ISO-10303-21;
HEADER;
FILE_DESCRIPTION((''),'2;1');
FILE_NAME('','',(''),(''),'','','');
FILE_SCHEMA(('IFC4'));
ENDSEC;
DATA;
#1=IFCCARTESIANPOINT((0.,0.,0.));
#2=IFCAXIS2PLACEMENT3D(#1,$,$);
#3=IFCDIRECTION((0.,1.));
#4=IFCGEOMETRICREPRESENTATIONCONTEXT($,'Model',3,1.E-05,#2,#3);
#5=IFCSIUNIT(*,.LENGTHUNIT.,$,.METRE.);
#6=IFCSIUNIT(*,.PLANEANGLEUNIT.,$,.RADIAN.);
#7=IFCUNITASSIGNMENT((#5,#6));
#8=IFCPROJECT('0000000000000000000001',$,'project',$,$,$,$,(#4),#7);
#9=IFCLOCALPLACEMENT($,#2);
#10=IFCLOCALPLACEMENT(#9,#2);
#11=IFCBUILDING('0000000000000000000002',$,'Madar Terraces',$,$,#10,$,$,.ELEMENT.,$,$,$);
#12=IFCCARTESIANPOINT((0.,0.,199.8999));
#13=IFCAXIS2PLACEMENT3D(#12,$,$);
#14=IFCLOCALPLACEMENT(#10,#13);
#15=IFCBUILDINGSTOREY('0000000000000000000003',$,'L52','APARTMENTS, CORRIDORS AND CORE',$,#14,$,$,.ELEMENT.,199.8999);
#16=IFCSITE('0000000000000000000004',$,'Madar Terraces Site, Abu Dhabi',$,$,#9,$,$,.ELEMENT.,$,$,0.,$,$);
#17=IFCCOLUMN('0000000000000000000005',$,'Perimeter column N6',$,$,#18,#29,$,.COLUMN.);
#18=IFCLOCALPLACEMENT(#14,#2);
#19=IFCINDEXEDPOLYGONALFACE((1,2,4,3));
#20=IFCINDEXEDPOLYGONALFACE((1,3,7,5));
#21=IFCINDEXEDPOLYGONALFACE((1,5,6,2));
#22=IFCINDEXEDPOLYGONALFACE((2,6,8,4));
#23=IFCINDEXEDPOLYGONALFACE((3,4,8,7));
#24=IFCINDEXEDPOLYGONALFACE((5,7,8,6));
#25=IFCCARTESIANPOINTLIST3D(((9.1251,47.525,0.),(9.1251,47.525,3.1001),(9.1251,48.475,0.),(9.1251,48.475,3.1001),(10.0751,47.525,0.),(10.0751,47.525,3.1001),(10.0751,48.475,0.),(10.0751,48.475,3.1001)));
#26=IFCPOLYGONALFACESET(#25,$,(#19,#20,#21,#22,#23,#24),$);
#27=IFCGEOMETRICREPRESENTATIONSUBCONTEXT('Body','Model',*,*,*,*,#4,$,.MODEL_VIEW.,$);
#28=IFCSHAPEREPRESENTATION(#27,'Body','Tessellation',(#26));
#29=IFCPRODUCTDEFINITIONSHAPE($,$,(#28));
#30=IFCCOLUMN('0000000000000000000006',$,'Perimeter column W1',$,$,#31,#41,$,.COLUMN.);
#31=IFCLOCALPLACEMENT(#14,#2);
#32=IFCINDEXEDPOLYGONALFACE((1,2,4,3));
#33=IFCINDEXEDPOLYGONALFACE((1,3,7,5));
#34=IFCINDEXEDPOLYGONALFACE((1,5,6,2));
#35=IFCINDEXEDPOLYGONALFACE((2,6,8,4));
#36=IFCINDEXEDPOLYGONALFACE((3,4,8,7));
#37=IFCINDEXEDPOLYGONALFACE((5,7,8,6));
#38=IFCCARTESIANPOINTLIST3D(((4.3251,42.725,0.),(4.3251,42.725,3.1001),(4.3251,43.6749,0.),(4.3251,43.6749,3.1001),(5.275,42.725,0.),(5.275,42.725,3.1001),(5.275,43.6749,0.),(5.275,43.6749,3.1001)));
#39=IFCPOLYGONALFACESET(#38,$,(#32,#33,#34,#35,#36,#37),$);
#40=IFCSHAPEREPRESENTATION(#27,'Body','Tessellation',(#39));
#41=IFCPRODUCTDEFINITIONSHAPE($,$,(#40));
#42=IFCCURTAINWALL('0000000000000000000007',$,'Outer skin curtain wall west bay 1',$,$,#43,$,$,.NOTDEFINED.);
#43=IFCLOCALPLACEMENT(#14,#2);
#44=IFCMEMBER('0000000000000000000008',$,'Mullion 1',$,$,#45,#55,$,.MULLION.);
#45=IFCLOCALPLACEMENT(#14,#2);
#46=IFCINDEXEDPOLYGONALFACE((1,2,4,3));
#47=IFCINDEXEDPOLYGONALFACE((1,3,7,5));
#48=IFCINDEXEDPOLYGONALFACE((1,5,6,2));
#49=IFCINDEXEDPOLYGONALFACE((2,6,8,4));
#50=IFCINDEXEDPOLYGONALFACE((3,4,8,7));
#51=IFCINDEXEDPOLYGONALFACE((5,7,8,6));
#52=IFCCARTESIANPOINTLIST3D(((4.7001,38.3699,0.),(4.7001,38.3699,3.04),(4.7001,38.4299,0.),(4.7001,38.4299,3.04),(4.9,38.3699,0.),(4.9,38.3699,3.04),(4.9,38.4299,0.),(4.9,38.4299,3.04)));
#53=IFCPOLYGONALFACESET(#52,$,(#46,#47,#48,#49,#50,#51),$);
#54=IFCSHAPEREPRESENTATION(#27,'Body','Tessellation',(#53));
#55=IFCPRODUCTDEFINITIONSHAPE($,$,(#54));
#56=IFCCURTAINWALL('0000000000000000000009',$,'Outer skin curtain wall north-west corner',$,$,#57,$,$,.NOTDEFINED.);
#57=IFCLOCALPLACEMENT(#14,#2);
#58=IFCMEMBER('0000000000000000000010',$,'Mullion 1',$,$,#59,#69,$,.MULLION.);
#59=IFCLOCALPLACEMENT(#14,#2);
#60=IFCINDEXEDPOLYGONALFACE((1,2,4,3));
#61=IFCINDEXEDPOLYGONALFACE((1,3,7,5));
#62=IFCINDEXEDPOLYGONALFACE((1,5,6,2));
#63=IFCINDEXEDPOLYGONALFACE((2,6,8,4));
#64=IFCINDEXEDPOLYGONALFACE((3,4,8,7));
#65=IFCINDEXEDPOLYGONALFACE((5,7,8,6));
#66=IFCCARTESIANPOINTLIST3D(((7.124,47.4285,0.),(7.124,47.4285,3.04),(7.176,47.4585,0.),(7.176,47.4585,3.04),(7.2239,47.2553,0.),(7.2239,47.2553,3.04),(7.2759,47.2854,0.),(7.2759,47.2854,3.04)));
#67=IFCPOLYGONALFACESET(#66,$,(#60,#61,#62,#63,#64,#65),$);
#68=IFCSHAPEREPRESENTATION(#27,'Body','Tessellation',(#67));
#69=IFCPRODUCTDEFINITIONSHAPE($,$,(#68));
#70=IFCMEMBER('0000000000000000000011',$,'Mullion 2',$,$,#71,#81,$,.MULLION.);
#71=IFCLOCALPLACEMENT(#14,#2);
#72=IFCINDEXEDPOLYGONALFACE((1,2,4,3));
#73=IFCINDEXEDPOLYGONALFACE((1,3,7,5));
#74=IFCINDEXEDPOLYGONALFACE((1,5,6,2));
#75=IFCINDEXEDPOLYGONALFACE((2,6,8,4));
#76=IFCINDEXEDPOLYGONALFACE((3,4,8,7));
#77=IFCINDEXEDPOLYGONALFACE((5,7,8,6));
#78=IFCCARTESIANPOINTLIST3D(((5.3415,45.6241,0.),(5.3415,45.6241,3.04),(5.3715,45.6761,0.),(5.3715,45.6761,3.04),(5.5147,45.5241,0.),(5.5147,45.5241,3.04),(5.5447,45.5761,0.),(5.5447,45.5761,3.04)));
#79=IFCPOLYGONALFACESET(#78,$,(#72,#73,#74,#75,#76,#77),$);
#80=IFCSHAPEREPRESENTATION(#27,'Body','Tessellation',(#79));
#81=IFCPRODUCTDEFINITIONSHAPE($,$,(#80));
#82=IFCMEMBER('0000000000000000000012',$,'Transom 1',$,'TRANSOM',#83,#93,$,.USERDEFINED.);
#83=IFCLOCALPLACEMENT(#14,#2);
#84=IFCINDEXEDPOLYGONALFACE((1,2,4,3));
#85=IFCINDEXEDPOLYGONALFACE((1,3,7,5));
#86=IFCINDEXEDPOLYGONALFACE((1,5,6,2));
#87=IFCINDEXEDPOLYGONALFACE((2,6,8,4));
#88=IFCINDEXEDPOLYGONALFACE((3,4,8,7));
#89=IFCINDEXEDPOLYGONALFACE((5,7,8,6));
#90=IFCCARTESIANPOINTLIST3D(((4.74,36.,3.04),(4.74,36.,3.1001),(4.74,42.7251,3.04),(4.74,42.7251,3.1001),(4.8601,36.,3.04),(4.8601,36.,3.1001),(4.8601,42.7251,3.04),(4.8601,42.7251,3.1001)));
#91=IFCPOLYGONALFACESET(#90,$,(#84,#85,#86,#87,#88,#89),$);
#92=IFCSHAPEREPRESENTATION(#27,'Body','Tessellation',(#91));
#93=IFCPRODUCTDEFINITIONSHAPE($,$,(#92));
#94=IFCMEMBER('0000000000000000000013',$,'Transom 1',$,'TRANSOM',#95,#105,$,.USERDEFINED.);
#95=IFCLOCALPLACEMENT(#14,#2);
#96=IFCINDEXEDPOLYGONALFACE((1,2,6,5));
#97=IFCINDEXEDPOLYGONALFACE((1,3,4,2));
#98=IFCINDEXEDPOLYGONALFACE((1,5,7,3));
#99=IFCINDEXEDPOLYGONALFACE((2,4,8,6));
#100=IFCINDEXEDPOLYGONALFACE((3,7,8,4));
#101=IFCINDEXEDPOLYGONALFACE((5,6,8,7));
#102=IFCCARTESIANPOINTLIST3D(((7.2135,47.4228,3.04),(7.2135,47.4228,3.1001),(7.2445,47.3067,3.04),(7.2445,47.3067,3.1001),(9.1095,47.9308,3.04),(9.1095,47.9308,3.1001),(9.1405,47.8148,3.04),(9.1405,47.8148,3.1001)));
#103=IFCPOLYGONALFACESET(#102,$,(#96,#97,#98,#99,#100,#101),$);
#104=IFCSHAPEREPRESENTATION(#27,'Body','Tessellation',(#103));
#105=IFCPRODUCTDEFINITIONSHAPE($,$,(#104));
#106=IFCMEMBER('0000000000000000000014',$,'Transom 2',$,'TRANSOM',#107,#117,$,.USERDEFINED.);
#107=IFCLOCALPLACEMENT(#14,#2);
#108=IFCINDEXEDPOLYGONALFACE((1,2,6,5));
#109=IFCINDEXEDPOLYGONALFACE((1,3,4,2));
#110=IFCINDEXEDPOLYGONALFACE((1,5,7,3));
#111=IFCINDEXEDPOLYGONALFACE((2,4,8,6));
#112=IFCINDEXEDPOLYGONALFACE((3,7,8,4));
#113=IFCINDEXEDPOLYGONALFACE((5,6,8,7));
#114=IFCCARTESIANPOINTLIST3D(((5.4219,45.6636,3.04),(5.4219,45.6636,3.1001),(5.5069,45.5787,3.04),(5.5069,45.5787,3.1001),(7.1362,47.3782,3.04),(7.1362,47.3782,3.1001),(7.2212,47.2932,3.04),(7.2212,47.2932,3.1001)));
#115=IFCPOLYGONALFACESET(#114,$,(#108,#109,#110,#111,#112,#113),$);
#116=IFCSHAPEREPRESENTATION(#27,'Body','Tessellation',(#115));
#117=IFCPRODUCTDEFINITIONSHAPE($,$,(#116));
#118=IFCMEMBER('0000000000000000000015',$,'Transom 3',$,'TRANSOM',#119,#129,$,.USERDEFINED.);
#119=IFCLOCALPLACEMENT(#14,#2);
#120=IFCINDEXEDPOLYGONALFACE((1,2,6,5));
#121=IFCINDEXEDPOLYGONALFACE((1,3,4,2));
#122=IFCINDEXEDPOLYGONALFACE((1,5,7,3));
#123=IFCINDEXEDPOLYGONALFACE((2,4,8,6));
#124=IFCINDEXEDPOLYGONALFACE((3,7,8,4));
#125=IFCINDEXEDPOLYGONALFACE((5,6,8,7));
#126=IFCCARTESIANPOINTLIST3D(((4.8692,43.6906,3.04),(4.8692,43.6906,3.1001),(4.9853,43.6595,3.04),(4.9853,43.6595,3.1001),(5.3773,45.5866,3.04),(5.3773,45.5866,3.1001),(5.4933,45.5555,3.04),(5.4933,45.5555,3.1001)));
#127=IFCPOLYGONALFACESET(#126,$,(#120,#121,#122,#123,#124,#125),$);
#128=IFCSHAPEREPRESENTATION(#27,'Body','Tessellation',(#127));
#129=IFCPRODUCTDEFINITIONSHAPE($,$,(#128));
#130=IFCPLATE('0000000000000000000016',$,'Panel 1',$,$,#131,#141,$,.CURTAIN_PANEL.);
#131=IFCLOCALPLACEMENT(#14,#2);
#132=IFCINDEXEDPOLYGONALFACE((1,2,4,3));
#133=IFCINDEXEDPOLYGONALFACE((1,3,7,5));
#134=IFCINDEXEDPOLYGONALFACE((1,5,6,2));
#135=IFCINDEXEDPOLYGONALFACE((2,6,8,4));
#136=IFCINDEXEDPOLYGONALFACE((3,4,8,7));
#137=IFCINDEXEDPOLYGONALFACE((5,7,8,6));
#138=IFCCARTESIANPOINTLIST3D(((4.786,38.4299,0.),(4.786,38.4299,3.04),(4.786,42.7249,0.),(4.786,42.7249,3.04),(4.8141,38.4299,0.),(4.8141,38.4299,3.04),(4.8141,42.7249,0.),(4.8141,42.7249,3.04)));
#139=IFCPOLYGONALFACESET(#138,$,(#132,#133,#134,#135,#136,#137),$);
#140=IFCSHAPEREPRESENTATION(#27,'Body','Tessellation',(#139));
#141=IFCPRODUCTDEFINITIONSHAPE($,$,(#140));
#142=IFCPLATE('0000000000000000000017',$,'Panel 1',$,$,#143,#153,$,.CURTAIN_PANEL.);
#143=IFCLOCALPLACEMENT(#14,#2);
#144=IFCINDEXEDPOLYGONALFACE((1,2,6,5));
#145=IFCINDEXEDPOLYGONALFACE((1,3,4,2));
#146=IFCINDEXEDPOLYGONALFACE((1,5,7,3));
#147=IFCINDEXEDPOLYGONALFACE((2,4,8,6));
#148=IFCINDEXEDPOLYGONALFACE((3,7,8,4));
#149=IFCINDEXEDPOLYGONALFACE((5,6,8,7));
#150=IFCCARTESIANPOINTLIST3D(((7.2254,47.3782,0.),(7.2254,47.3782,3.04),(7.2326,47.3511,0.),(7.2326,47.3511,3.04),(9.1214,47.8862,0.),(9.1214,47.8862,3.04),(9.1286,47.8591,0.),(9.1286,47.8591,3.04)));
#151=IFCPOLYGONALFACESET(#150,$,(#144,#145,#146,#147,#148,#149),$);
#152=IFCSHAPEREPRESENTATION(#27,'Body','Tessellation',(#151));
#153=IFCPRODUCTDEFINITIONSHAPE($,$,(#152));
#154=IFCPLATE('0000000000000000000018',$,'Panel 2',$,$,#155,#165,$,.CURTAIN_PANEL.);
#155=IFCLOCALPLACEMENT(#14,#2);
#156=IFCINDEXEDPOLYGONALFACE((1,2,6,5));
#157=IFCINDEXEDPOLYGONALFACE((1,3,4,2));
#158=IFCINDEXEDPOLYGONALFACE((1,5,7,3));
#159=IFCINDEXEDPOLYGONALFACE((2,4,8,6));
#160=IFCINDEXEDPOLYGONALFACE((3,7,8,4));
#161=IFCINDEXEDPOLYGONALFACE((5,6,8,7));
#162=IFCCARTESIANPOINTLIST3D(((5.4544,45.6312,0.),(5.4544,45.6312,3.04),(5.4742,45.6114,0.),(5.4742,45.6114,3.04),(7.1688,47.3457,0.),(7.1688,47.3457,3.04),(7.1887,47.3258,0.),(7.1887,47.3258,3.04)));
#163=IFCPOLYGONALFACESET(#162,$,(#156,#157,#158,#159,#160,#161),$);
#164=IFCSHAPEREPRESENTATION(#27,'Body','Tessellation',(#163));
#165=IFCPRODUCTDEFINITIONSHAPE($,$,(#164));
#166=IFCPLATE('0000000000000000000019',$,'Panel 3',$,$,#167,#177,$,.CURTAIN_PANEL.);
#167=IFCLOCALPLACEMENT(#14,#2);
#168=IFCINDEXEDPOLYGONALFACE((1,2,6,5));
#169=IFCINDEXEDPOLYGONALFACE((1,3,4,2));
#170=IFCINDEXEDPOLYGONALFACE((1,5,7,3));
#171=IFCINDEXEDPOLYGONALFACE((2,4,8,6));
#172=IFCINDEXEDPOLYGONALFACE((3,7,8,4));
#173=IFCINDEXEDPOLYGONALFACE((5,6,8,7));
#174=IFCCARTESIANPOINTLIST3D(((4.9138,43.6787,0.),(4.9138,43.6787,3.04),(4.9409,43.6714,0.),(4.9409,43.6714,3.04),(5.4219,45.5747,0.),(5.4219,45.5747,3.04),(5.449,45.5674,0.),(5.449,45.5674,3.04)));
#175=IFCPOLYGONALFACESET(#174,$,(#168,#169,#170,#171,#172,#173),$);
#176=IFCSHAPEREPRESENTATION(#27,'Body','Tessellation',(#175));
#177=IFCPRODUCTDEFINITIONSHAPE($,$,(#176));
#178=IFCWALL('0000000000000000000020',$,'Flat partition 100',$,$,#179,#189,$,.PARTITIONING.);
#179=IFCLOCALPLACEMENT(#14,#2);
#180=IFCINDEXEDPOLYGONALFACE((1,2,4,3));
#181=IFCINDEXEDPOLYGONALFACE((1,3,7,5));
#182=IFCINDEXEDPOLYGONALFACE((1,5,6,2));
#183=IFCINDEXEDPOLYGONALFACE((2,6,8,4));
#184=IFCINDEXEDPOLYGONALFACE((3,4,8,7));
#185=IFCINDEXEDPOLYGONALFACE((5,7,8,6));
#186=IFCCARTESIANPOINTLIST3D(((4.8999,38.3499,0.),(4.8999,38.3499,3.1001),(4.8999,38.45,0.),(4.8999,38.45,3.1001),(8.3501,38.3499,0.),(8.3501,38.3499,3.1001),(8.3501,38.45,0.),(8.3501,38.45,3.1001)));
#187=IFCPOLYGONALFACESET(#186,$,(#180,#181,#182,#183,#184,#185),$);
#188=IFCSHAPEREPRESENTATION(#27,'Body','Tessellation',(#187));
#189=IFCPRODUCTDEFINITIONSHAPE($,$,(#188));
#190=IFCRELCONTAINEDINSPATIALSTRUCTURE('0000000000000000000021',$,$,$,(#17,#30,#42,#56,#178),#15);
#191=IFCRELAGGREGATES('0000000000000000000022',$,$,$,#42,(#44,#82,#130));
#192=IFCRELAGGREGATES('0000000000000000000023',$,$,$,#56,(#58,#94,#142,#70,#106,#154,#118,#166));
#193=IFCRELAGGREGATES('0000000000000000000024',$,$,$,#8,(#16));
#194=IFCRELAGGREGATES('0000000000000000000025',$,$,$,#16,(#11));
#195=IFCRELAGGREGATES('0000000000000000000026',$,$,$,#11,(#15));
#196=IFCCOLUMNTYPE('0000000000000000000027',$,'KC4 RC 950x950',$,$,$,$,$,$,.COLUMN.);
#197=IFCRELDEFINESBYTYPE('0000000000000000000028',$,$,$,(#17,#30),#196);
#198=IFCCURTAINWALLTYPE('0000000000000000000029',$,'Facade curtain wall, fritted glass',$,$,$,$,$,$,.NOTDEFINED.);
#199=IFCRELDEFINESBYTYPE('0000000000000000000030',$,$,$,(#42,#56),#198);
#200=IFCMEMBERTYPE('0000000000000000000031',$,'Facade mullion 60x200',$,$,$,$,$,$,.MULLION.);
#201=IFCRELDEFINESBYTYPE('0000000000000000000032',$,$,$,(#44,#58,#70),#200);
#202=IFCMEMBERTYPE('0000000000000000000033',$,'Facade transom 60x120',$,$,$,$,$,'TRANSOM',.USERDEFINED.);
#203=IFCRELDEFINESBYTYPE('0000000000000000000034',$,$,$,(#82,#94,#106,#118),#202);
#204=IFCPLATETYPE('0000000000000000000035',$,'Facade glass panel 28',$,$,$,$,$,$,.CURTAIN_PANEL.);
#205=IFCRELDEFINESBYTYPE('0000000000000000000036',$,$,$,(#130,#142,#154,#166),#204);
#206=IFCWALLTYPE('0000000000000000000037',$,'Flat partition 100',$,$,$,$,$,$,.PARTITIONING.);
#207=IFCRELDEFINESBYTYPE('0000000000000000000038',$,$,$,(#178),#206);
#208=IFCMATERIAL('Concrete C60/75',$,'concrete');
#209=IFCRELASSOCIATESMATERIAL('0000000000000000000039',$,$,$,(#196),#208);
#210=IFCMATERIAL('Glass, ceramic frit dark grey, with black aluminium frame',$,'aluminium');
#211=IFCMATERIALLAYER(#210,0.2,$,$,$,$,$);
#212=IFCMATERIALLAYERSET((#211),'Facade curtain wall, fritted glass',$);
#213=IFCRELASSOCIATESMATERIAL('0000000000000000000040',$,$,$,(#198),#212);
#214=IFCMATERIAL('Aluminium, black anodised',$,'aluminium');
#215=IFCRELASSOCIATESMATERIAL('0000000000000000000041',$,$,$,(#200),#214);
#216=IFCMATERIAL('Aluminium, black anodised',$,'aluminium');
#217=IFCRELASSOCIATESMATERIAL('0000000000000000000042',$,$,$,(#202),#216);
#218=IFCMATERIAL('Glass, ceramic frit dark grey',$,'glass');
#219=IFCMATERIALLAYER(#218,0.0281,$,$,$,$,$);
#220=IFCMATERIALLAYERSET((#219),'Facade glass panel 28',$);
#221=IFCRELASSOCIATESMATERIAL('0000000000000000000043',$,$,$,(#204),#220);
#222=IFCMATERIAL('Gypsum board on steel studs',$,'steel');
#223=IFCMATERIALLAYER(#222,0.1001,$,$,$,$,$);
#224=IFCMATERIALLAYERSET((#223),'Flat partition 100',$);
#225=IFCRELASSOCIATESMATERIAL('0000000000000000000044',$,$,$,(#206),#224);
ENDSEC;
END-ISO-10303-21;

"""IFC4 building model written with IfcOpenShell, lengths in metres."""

from ifc_helpers import new_model, si_unit, direction, frame, frame_2d, origin, origin_2d, place, context, subcontext, project, spatial, rectangle, extrude, material, layer, layer_set, material_profile, profile_set, type_object, element, aggregate, save


model = new_model("IFC4")

# Units and contexts
model_context = context("Model", 3, precision=1e-05, world=origin(), true_north=direction((0.0, 1.0)))
body_context = subcontext(model_context, "Body", "Model", "MODEL_VIEW")
ifc_project = project(units=[si_unit("LENGTHUNIT", "METRE"), si_unit("PLANEANGLEUNIT", "RADIAN")], contexts=[model_context])

# Site, building, storey
site_placement = place(None, origin())
site = spatial("IfcSite", under=ifc_project, at=site_placement, Name="Madar Terraces Site, Abu Dhabi", CompositionType="ELEMENT", RefElevation=0.0)
building_placement = place(site_placement, origin())
building = spatial("IfcBuilding", under=site, at=building_placement, Name="Madar Terraces", CompositionType="ELEMENT")
storey_placement = place(building_placement, frame((0.0, 0.0, 199.8999)))
storey = spatial("IfcBuildingStorey", under=building, at=storey_placement, Name="L52", Description="APARTMENTS, CORRIDORS AND CORE", CompositionType="ELEMENT", Elevation=199.8999)

# Columns
ifc_material_1 = material(Name="Concrete C60/75", Category="concrete")
ifc_material_profile_1 = material_profile(ifc_material_1, rectangle(XDim=0.95, YDim=0.95, at=origin_2d()), Name="KC4 RC 950x950")
ifc_profile_set_1 = profile_set([ifc_material_profile_1], Name="Concrete C60/75")
column_type = type_object("IfcColumnType", Name="KC4 RC 950x950", PredefinedType="COLUMN", material=ifc_profile_set_1)
for number, where, z_axis, x_axis, name in (
    (1, (9.6001, 48.0, 0.0), (0.0, 0.0, 1.0), (1.0, 0.0, 0.0), "Perimeter column N6"),
    (2, (4.8, 43.2, 0.0), (0.0, 0.0, 1.0), (1.0, 0.0, 0.0), "Perimeter column W1"),
):
    element("IfcColumn", number, at=place(storey_placement, frame(where, z_axis=z_axis, x_axis=x_axis)), inside=storey, type_object=column_type, Name=name, PredefinedType="COLUMN", context=body_context, shape_type="SweptSolid", body=[
        extrude(rectangle(XDim=0.95, YDim=0.95, at=origin_2d()), origin(), (0.0, 0.0, 1.0), 3.1001),
    ])

# Curtain wall, member
ifc_material_2 = material(Name="Glass, ceramic frit dark grey, with black aluminium frame", Category="aluminium")
ifc_layer_1 = layer(ifc_material_2, 0.2)
ifc_layer_set_1 = layer_set([ifc_layer_1], Name="Facade curtain wall, fritted glass")
curtain_wall_type = type_object("IfcCurtainWallType", Name="Facade curtain wall, fritted glass", PredefinedType="NOTDEFINED", material=ifc_layer_set_1)
curtain_wall_1_placement = place(storey_placement, origin())
curtain_wall_1 = element("IfcCurtainWall", 3, at=curtain_wall_1_placement, inside=storey, type_object=curtain_wall_type, Name="Outer skin curtain wall west bay 1", PredefinedType="NOTDEFINED")
ifc_material_3 = material(Name="Aluminium, black anodised", Category="aluminium")
ifc_material_profile_2 = material_profile(ifc_material_3, rectangle(XDim=0.2, YDim=0.0601, at=origin_2d()), Name="Facade mullion 60x200")
ifc_profile_set_2 = profile_set([ifc_material_profile_2], Name="Aluminium, black anodised")
member_type_1 = type_object("IfcMemberType", Name="Facade mullion 60x200", PredefinedType="MULLION", material=ifc_profile_set_2)
member_1_placement = place(storey_placement, frame((4.8, 38.3999, 0.0), z_axis=(0.0, 0.0, 1.0), x_axis=(1.0, 0.0, 0.0)))
member_1 = element("IfcMember", 4, at=member_1_placement, type_object=member_type_1, Name="Mullion 1", PredefinedType="MULLION", context=body_context, shape_type="SweptSolid", body=[
    extrude(rectangle(XDim=0.2, YDim=0.0601, at=origin_2d()), origin(), (0.0, 0.0, 1.0), 3.04),
])

# Curtain wall, members
curtain_wall_2_placement = place(storey_placement, origin())
curtain_wall_2 = element("IfcCurtainWall", 5, at=curtain_wall_2_placement, inside=storey, type_object=curtain_wall_type, Name="Outer skin curtain wall north-west corner", PredefinedType="NOTDEFINED")
member_2_placement = place(storey_placement, frame((7.2, 47.3569, 0.0), z_axis=(0.0, 0.0, 1.0), x_axis=(0.5, -0.866025, 0.0)))
member_2 = element("IfcMember", 6, at=member_2_placement, type_object=member_type_1, Name="Mullion 1", PredefinedType="MULLION", context=body_context, shape_type="SweptSolid", body=[
    extrude(rectangle(XDim=0.2, YDim=0.0601, at=origin_2d()), origin(), (0.0, 0.0, 1.0), 3.04),
])
member_3_placement = place(storey_placement, frame((5.4431, 45.6001, 0.0), z_axis=(0.0, 0.0, 1.0), x_axis=(0.866025, -0.5, 0.0)))
member_3 = element("IfcMember", 7, at=member_3_placement, type_object=member_type_1, Name="Mullion 2", PredefinedType="MULLION", context=body_context, shape_type="SweptSolid", body=[
    extrude(rectangle(XDim=0.2, YDim=0.0601, at=origin_2d()), origin(), (0.0, 0.0, 1.0), 3.04),
])

# Members
ifc_material_4 = material(Name="Aluminium, black anodised", Category="aluminium")
ifc_material_profile_3 = material_profile(ifc_material_4, rectangle(XDim=0.1201, YDim=0.0601, at=origin_2d()), Name="Facade transom 60x120")
ifc_profile_set_3 = profile_set([ifc_material_profile_3], Name="Aluminium, black anodised")
member_type_2 = type_object("IfcMemberType", Name="Facade transom 60x120", ElementType="TRANSOM", PredefinedType="USERDEFINED", material=ifc_profile_set_3)
member_4_placement = place(storey_placement, frame((4.8, 42.7251, 3.0701), z_axis=(0.0, -1.0, 0.0), x_axis=(1.0, 0.0, 0.0)))
member_4 = element("IfcMember", 8, at=member_4_placement, type_object=member_type_2, Name="Transom 1", ObjectType="TRANSOM", PredefinedType="USERDEFINED", context=body_context, shape_type="SweptSolid", body=[
    extrude(rectangle(XDim=0.1201, YDim=0.0601, at=origin_2d()), origin(), (0.0, 0.0, 1.0), 6.7251),
])
member_5_placement = place(storey_placement, frame((9.125, 47.8728, 3.0701), z_axis=(-0.965923, -0.258831, 0.0), x_axis=(0.258831, -0.965923, 0.0)))
member_5 = element("IfcMember", 9, at=member_5_placement, type_object=member_type_2, Name="Transom 1", ObjectType="TRANSOM", PredefinedType="USERDEFINED", context=body_context, shape_type="SweptSolid", body=[
    extrude(rectangle(XDim=0.1201, YDim=0.0601, at=origin_2d()), origin(), (0.0, 0.0, 1.0), 1.9629),
])
member_6_placement = place(storey_placement, frame((7.1787, 47.3357, 3.0701), z_axis=(-0.707056, -0.707157, 0.0), x_axis=(0.707157, -0.707056, 0.0)))
member_6 = element("IfcMember", 10, at=member_6_placement, type_object=member_type_2, Name="Transom 2", ObjectType="TRANSOM", PredefinedType="USERDEFINED", context=body_context, shape_type="SweptSolid", body=[
    extrude(rectangle(XDim=0.1201, YDim=0.0601, at=origin_2d()), origin(), (0.0, 0.0, 1.0), 2.4246),
])
member_7_placement = place(storey_placement, frame((5.4353, 45.571, 3.0701), z_axis=(-0.258831, -0.965923, 0.0), x_axis=(0.965923, -0.258831, 0.0)))
member_7 = element("IfcMember", 11, at=member_7_placement, type_object=member_type_2, Name="Transom 3", ObjectType="TRANSOM", PredefinedType="USERDEFINED", context=body_context, shape_type="SweptSolid", body=[
    extrude(rectangle(XDim=0.1201, YDim=0.0601, at=origin_2d()), origin(), (0.0, 0.0, 1.0), 1.9629),
])

# Plates
ifc_material_5 = material(Name="Glass, ceramic frit dark grey", Category="glass")
ifc_layer_2 = layer(ifc_material_5, 0.0281)
ifc_layer_set_2 = layer_set([ifc_layer_2], Name="Facade glass panel 28")
plate_type = type_object("IfcPlateType", Name="Facade glass panel 28", PredefinedType="CURTAIN_PANEL", material=ifc_layer_set_2)
plate_1_placement = place(storey_placement, frame((4.8, 40.5774, 0.0), z_axis=(0.0, 0.0, 1.0), x_axis=(0.0, -1.0, 0.0)))
plate_1 = element("IfcPlate", 12, at=plate_1_placement, type_object=plate_type, Name="Panel 1", PredefinedType="CURTAIN_PANEL", context=body_context, shape_type="SweptSolid", body=[
    extrude(rectangle(XDim=4.2949, YDim=0.0281, at=origin_2d()), origin(), (0.0, 0.0, 1.0), 3.04),
])
aggregate(curtain_wall_1, [member_1, member_4, plate_1])
plate_2_placement = place(storey_placement, frame((8.177, 47.6187, 0.0), z_axis=(0.0, 0.0, 1.0), x_axis=(-0.965926, -0.258819, 0.0)))
plate_2 = element("IfcPlate", 13, at=plate_2_placement, type_object=plate_type, Name="Panel 1", PredefinedType="CURTAIN_PANEL", context=body_context, shape_type="SweptSolid", body=[
    extrude(rectangle(XDim=1.9629, YDim=0.0281, at=origin_2d()), origin(), (0.0, 0.0, 1.0), 3.04),
])
plate_3_placement = place(storey_placement, frame((6.3215, 46.4785, 0.0), z_axis=(0.0, 0.0, 1.0), x_axis=(-0.707107, -0.707107, 0.0)))
plate_3 = element("IfcPlate", 14, at=plate_3_placement, type_object=plate_type, Name="Panel 2", PredefinedType="CURTAIN_PANEL", context=body_context, shape_type="SweptSolid", body=[
    extrude(rectangle(XDim=2.4246, YDim=0.0281, at=origin_2d()), origin(), (0.0, 0.0, 1.0), 3.04),
])
plate_4_placement = place(storey_placement, frame((5.1814, 44.623, 0.0), z_axis=(0.0, 0.0, 1.0), x_axis=(-0.258819, -0.965926, 0.0)))
plate_4 = element("IfcPlate", 15, at=plate_4_placement, type_object=plate_type, Name="Panel 3", PredefinedType="CURTAIN_PANEL", context=body_context, shape_type="SweptSolid", body=[
    extrude(rectangle(XDim=1.9629, YDim=0.0281, at=origin_2d()), origin(), (0.0, 0.0, 1.0), 3.04),
])
aggregate(curtain_wall_2, [member_2, member_5, plate_2, member_3, member_6, plate_3, member_7, plate_4])

# Wall
ifc_material_6 = material(Name="Gypsum board on steel studs", Category="steel")
ifc_layer_3 = layer(ifc_material_6, 0.1001)
ifc_layer_set_3 = layer_set([ifc_layer_3], Name="Flat partition 100")
wall_type_1 = type_object("IfcWallType", Name="Flat partition 100", PredefinedType="PARTITIONING", material=ifc_layer_set_3)
wall_1_placement = place(storey_placement, frame((8.3501, 38.3999, 0.0), z_axis=(0.0, 0.0, 1.0), x_axis=(-1.0, 0.0, 0.0)))
element("IfcWall", 16, at=wall_1_placement, inside=storey, type_object=wall_type_1, Name="Flat partition 100", PredefinedType="PARTITIONING", context=body_context, shape_type="SweptSolid", body=[
    extrude(rectangle(XDim=3.4502, YDim=0.1001, at=frame_2d((1.7251, 0.0))), origin(), (0.0, 0.0, 1.0), 3.1001),
])

save(model, "model.ifc")
